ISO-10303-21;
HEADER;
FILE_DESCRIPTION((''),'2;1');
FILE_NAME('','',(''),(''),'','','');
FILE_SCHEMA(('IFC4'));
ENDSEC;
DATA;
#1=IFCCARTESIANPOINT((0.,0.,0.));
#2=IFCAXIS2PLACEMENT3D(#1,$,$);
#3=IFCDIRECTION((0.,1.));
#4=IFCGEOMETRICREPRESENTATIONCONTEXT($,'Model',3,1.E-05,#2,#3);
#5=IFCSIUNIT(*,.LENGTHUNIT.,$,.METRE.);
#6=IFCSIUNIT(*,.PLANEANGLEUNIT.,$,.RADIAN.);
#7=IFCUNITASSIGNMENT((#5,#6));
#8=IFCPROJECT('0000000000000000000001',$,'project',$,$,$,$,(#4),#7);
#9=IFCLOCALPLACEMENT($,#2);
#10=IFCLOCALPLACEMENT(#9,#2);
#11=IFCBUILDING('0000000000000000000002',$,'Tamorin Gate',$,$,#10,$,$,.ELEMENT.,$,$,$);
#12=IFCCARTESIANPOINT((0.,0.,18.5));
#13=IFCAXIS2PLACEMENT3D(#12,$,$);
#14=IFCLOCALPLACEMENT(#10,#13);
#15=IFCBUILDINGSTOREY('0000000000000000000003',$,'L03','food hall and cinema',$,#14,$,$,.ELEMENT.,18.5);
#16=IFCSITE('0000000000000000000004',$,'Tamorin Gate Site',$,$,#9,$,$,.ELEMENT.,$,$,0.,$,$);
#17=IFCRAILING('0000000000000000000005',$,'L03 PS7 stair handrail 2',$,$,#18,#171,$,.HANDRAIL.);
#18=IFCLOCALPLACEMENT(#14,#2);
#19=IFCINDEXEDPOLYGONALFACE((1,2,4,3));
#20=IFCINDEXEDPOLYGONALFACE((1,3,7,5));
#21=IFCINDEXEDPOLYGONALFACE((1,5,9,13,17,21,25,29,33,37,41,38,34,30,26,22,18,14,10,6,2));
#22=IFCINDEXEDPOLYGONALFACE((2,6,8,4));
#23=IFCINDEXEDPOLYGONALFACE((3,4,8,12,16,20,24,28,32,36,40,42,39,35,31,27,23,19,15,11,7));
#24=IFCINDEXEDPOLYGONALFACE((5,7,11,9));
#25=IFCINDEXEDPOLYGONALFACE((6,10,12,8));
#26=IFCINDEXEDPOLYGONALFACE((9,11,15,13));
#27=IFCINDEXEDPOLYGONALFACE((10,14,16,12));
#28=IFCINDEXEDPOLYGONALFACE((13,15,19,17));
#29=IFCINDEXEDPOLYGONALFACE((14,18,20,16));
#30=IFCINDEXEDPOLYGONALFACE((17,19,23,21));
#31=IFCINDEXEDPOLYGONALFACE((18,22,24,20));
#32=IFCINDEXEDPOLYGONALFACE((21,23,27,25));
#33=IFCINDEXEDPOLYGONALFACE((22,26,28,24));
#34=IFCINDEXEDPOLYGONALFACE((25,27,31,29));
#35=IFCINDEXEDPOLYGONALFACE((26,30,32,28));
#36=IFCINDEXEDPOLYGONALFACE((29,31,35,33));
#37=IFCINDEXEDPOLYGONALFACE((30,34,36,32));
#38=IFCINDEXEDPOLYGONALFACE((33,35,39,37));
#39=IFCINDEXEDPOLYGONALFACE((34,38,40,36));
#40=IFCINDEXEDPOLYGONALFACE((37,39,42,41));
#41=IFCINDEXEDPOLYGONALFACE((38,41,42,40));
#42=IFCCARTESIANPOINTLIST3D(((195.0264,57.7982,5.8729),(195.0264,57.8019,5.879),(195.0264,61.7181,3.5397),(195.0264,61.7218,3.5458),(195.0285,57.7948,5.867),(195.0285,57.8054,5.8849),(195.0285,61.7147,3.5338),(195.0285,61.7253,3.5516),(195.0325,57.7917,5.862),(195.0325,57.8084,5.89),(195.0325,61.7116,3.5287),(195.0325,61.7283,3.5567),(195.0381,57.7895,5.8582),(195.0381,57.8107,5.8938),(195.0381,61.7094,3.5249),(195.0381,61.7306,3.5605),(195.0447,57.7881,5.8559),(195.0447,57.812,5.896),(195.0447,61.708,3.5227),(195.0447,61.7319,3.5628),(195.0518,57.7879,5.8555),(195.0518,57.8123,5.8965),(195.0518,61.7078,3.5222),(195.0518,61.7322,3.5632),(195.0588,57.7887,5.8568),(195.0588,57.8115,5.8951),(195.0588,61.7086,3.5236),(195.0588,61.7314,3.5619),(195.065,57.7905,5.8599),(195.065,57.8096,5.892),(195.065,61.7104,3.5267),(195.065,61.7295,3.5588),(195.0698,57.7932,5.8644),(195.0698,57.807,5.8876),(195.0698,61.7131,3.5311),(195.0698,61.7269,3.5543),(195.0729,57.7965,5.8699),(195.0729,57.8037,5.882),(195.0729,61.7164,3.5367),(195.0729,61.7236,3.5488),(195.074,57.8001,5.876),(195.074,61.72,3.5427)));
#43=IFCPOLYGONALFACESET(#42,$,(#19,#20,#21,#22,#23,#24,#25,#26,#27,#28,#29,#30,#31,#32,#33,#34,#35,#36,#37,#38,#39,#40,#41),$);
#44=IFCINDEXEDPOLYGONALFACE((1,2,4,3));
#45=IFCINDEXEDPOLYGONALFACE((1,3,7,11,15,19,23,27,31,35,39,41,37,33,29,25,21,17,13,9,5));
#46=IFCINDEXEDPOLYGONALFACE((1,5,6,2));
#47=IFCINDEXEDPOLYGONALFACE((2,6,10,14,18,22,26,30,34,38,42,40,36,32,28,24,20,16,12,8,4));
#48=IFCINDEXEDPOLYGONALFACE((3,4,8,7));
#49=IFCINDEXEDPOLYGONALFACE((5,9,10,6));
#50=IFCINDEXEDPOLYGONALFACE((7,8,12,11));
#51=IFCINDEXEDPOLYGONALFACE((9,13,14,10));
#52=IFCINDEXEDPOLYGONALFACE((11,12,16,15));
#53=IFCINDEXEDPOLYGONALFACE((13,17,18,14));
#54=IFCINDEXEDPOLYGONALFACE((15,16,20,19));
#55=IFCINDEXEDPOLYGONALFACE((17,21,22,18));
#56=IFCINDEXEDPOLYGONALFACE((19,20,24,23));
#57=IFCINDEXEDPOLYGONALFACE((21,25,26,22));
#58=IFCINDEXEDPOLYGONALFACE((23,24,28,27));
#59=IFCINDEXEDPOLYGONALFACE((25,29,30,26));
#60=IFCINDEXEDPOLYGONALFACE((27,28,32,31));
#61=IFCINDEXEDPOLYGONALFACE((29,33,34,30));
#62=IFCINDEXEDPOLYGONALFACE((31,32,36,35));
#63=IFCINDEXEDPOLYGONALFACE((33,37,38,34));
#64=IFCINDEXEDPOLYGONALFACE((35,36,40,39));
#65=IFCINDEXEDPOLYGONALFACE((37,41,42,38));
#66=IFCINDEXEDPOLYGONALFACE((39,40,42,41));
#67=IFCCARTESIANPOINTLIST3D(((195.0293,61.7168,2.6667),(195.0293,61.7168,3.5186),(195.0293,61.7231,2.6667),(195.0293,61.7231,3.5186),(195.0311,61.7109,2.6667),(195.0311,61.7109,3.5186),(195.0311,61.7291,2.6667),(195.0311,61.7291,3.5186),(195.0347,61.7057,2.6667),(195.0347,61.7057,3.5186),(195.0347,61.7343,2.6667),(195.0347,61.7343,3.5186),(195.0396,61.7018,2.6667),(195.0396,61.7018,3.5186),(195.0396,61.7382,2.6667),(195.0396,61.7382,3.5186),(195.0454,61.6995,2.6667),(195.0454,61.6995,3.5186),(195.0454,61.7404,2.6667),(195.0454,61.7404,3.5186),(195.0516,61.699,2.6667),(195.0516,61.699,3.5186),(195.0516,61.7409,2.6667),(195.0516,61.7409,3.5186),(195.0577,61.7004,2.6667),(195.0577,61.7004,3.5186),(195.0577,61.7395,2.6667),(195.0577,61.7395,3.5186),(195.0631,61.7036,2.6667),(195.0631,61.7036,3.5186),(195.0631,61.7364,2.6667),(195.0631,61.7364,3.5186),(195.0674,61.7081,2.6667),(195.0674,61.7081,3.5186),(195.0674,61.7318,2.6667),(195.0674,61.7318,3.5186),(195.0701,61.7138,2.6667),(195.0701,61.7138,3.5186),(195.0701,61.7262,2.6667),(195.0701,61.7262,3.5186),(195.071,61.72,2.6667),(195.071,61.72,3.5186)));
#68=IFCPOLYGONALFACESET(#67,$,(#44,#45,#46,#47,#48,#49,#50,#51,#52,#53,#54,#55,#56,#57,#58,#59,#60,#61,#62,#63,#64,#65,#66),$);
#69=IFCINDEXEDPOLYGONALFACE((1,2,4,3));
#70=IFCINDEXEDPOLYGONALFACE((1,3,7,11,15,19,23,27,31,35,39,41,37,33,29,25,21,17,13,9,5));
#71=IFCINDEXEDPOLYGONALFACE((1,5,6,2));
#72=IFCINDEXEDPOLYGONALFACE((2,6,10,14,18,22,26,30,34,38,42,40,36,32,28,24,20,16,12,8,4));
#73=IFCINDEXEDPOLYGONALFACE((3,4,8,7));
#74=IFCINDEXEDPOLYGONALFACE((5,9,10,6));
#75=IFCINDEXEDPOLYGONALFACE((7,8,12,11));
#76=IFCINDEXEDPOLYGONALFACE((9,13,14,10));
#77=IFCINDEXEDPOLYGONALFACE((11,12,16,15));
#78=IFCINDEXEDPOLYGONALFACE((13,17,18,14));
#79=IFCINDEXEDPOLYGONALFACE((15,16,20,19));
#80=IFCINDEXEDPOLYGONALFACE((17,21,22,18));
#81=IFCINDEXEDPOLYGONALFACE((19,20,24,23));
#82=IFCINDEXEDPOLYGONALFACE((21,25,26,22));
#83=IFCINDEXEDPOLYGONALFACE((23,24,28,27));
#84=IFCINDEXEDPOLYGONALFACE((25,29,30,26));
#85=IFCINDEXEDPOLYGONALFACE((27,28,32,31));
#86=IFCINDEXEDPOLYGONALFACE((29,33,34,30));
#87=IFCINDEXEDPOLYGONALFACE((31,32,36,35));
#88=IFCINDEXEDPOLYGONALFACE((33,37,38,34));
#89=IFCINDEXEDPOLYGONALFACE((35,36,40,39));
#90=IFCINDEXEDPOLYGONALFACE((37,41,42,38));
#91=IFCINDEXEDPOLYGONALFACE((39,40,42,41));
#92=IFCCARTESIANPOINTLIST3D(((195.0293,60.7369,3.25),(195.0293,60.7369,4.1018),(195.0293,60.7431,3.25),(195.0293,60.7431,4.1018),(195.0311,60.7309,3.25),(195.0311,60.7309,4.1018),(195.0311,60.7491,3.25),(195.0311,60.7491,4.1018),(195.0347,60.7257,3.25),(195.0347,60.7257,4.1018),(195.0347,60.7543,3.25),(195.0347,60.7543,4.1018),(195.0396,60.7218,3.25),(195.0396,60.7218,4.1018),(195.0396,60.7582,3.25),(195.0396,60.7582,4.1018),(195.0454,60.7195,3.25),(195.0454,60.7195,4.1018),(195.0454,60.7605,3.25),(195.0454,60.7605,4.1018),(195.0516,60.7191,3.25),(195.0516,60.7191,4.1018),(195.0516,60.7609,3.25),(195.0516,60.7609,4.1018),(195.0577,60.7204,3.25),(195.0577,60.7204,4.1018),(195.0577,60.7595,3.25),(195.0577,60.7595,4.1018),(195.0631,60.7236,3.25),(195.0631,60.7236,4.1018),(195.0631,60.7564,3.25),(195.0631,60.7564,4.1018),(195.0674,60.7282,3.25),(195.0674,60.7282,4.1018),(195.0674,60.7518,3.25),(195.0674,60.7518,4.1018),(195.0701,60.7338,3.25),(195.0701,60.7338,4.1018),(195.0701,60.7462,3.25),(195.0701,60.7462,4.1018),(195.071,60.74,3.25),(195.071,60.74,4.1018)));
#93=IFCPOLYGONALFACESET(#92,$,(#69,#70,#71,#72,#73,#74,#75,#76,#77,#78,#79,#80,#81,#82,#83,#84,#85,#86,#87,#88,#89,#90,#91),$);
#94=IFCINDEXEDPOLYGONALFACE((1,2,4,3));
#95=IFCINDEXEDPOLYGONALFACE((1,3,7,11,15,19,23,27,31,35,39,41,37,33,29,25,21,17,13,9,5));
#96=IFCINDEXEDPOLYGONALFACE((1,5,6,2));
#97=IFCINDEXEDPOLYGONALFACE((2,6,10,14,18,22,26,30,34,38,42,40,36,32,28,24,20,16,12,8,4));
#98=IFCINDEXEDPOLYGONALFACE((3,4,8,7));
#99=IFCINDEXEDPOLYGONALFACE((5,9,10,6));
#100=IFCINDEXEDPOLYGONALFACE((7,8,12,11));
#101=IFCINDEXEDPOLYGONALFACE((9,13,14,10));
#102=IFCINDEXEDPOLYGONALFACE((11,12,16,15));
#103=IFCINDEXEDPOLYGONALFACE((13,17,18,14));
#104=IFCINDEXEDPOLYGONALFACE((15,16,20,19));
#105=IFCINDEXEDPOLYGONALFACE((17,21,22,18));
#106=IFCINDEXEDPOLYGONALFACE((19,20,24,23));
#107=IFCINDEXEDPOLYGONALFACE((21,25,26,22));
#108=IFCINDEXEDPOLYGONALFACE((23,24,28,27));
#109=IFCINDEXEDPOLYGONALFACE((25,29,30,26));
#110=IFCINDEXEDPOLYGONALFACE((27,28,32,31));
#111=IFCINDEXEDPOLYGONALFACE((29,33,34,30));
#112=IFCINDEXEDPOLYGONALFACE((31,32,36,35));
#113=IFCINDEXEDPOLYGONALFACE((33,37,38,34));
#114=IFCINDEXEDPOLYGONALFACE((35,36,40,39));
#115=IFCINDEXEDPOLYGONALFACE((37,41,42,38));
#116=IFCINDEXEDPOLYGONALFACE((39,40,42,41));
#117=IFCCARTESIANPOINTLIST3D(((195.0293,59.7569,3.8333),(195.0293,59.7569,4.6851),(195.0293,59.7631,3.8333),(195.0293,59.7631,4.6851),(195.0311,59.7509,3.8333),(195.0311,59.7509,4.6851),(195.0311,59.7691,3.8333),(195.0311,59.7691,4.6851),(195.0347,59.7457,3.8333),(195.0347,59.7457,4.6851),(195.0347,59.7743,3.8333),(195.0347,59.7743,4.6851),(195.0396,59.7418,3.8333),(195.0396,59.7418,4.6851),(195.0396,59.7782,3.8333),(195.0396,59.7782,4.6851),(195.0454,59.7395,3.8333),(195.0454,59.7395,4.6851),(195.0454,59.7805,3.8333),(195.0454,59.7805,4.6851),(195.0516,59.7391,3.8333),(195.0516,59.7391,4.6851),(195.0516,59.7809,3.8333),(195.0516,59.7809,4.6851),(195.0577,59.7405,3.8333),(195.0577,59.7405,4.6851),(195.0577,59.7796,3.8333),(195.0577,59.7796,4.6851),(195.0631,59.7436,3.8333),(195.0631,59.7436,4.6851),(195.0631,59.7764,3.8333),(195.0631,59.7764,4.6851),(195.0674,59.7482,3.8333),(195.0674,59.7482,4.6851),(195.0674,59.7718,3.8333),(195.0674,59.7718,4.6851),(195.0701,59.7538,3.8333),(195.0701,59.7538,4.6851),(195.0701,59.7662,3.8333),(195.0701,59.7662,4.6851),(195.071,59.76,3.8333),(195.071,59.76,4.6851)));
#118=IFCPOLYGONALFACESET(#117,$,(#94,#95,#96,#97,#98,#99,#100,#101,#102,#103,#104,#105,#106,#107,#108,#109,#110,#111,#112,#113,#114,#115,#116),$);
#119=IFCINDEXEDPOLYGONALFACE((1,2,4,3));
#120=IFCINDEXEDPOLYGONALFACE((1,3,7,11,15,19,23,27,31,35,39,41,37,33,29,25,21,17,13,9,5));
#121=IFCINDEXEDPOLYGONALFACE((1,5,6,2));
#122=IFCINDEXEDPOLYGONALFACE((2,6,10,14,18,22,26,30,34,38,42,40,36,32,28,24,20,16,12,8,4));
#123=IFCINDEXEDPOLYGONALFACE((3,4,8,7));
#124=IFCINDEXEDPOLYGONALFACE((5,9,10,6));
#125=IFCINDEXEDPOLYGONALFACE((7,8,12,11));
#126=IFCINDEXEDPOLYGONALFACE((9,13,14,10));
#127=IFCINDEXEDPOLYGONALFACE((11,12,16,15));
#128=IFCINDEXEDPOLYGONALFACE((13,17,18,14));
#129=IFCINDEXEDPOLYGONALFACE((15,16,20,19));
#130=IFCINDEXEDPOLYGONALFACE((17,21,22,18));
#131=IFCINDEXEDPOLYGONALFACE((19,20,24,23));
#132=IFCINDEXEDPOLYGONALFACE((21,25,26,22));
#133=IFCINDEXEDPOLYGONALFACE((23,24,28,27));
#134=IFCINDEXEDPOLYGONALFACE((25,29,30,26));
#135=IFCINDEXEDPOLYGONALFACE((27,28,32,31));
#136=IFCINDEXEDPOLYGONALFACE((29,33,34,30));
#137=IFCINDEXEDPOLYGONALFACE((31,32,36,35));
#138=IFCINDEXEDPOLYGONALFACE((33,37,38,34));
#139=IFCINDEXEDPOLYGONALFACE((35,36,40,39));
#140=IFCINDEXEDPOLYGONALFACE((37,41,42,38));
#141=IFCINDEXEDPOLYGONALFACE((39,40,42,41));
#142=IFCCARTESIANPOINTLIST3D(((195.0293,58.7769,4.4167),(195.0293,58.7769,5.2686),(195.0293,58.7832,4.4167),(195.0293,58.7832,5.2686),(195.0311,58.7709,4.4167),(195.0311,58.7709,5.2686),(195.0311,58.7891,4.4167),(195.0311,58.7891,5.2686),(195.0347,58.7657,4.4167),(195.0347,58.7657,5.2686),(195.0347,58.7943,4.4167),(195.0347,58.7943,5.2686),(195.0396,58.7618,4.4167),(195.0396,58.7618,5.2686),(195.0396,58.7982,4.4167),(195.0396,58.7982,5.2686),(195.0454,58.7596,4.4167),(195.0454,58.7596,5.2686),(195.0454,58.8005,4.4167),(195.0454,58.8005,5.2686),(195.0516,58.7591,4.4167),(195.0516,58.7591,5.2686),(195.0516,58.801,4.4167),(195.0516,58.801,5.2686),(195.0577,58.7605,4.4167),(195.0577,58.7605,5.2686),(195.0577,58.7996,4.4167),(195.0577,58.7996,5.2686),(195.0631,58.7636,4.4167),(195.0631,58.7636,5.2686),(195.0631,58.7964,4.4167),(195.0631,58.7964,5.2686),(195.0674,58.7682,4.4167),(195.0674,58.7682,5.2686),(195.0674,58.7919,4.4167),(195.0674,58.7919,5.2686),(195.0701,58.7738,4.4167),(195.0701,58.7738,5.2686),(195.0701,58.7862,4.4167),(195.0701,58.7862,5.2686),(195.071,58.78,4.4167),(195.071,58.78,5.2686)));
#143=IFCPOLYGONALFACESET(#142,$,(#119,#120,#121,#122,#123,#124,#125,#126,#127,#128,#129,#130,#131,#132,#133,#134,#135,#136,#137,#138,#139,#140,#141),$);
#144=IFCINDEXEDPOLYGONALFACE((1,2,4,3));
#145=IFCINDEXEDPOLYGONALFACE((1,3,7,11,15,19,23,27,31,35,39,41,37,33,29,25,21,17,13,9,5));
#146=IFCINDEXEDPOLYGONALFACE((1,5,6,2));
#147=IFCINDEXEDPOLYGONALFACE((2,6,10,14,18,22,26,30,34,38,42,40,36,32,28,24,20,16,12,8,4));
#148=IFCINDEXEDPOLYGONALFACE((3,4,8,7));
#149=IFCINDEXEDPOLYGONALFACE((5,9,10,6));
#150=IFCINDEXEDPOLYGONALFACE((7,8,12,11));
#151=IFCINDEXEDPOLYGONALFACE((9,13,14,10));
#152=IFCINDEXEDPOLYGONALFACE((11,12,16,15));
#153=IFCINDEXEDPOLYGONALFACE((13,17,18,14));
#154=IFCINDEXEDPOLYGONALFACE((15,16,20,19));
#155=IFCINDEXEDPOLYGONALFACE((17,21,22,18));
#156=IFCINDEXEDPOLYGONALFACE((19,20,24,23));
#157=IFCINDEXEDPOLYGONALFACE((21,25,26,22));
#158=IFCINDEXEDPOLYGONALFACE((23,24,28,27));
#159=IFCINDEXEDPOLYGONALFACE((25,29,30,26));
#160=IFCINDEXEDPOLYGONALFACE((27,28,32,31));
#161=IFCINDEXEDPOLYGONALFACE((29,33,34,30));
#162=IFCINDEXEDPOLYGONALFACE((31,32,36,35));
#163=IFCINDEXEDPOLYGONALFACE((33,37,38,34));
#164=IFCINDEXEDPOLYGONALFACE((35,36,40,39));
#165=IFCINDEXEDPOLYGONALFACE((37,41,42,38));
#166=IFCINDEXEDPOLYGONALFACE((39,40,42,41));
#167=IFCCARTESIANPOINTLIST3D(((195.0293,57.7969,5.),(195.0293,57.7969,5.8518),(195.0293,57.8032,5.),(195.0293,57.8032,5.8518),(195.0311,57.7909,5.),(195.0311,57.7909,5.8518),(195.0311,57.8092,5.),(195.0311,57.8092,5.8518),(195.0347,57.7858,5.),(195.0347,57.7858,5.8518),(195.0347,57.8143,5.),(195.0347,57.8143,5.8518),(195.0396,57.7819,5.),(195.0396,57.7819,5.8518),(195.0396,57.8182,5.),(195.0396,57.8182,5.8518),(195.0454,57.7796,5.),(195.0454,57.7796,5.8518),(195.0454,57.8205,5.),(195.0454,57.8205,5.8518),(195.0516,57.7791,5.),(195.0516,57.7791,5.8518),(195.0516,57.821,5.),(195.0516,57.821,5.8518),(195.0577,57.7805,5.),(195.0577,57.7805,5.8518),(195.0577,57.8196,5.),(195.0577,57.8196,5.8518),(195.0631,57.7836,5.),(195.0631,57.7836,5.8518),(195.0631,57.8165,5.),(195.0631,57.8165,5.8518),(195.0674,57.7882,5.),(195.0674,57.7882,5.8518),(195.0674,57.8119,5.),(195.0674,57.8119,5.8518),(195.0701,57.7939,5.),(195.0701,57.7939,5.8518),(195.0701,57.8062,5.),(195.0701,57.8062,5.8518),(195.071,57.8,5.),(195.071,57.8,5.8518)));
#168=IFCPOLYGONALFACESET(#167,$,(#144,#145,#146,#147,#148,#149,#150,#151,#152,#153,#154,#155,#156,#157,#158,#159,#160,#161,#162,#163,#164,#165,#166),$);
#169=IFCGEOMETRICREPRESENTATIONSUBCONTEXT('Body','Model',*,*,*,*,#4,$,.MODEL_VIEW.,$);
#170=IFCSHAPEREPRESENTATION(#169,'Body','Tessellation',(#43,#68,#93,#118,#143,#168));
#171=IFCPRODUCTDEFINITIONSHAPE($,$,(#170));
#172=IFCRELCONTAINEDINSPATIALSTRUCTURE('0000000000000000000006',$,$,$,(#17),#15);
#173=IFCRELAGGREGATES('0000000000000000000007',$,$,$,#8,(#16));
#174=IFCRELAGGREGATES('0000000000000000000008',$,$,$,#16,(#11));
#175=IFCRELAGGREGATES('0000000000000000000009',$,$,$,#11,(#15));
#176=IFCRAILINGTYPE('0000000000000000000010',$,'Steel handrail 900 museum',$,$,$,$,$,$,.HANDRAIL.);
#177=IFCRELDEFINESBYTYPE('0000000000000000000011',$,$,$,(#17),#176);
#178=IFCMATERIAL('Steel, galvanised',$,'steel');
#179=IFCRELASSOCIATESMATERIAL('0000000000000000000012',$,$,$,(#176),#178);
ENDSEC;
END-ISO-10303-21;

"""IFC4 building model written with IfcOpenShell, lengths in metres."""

from ifc_helpers import new_model, si_unit, direction, frame, origin, origin_2d, place, context, subcontext, project, spatial, circle, extrude, material, type_object, element, save


model = new_model("IFC4")

# Units and contexts
model_context = context("Model", 3, precision=1e-05, world=origin(), true_north=direction((0.0, 1.0)))
body_context = subcontext(model_context, "Body", "Model", "MODEL_VIEW")
ifc_project = project(units=[si_unit("LENGTHUNIT", "METRE"), si_unit("PLANEANGLEUNIT", "RADIAN")], contexts=[model_context])

# Site, building, storey
site_placement = place(None, origin())
site = spatial("IfcSite", under=ifc_project, at=site_placement, Name="Tamorin Gate Site", CompositionType="ELEMENT", RefElevation=0.0)
building_placement = place(site_placement, origin())
building = spatial("IfcBuilding", under=site, at=building_placement, Name="Tamorin Gate", CompositionType="ELEMENT")
storey_placement = place(building_placement, frame((0.0, 0.0, 18.5)))
storey = spatial("IfcBuildingStorey", under=building, at=storey_placement, Name="L03", Description="food hall and cinema", CompositionType="ELEMENT", Elevation=18.5)

# Railing
ifc_material_1 = material(Name="Steel, galvanised", Category="steel")
railing_type_1 = type_object("IfcRailingType", Name="Steel handrail 900 museum", PredefinedType="HANDRAIL", material=ifc_material_1)
railing_1_placement = place(storey_placement, frame((195.05, 61.72, 2.6667)))
element("IfcRailing", 1, at=railing_1_placement, inside=storey, type_object=railing_type_1, Name="L03 PS7 stair handrail 2", PredefinedType="HANDRAIL", context=body_context, shape_type="SweptSolid", body=[
    extrude(circle(Radius=0.0239, at=origin_2d()), frame((0.0, 0.0, 0.876), z_axis=(0.0, -0.859296, 0.511478), x_axis=(1.0, 0.0, 0.0)), (0.0, 0.0, 1.0), 4.5618),
    extrude(circle(Radius=0.021, at=origin_2d()), origin(), (0.0, 0.0, 1.0), 0.8518),
    extrude(circle(Radius=0.021, at=origin_2d()), frame((0.0, -0.98, 0.5833)), (0.0, 0.0, 1.0), 0.8518),
    extrude(circle(Radius=0.021, at=origin_2d()), frame((0.0, -1.96, 1.1665)), (0.0, 0.0, 1.0), 0.8518),
    extrude(circle(Radius=0.021, at=origin_2d()), frame((0.0, -2.9399, 1.75)), (0.0, 0.0, 1.0), 0.8518),
    extrude(circle(Radius=0.021, at=origin_2d()), frame((0.0, -3.9199, 2.3333)), (0.0, 0.0, 1.0), 0.8518),
])

save(model, "model.ifc")
